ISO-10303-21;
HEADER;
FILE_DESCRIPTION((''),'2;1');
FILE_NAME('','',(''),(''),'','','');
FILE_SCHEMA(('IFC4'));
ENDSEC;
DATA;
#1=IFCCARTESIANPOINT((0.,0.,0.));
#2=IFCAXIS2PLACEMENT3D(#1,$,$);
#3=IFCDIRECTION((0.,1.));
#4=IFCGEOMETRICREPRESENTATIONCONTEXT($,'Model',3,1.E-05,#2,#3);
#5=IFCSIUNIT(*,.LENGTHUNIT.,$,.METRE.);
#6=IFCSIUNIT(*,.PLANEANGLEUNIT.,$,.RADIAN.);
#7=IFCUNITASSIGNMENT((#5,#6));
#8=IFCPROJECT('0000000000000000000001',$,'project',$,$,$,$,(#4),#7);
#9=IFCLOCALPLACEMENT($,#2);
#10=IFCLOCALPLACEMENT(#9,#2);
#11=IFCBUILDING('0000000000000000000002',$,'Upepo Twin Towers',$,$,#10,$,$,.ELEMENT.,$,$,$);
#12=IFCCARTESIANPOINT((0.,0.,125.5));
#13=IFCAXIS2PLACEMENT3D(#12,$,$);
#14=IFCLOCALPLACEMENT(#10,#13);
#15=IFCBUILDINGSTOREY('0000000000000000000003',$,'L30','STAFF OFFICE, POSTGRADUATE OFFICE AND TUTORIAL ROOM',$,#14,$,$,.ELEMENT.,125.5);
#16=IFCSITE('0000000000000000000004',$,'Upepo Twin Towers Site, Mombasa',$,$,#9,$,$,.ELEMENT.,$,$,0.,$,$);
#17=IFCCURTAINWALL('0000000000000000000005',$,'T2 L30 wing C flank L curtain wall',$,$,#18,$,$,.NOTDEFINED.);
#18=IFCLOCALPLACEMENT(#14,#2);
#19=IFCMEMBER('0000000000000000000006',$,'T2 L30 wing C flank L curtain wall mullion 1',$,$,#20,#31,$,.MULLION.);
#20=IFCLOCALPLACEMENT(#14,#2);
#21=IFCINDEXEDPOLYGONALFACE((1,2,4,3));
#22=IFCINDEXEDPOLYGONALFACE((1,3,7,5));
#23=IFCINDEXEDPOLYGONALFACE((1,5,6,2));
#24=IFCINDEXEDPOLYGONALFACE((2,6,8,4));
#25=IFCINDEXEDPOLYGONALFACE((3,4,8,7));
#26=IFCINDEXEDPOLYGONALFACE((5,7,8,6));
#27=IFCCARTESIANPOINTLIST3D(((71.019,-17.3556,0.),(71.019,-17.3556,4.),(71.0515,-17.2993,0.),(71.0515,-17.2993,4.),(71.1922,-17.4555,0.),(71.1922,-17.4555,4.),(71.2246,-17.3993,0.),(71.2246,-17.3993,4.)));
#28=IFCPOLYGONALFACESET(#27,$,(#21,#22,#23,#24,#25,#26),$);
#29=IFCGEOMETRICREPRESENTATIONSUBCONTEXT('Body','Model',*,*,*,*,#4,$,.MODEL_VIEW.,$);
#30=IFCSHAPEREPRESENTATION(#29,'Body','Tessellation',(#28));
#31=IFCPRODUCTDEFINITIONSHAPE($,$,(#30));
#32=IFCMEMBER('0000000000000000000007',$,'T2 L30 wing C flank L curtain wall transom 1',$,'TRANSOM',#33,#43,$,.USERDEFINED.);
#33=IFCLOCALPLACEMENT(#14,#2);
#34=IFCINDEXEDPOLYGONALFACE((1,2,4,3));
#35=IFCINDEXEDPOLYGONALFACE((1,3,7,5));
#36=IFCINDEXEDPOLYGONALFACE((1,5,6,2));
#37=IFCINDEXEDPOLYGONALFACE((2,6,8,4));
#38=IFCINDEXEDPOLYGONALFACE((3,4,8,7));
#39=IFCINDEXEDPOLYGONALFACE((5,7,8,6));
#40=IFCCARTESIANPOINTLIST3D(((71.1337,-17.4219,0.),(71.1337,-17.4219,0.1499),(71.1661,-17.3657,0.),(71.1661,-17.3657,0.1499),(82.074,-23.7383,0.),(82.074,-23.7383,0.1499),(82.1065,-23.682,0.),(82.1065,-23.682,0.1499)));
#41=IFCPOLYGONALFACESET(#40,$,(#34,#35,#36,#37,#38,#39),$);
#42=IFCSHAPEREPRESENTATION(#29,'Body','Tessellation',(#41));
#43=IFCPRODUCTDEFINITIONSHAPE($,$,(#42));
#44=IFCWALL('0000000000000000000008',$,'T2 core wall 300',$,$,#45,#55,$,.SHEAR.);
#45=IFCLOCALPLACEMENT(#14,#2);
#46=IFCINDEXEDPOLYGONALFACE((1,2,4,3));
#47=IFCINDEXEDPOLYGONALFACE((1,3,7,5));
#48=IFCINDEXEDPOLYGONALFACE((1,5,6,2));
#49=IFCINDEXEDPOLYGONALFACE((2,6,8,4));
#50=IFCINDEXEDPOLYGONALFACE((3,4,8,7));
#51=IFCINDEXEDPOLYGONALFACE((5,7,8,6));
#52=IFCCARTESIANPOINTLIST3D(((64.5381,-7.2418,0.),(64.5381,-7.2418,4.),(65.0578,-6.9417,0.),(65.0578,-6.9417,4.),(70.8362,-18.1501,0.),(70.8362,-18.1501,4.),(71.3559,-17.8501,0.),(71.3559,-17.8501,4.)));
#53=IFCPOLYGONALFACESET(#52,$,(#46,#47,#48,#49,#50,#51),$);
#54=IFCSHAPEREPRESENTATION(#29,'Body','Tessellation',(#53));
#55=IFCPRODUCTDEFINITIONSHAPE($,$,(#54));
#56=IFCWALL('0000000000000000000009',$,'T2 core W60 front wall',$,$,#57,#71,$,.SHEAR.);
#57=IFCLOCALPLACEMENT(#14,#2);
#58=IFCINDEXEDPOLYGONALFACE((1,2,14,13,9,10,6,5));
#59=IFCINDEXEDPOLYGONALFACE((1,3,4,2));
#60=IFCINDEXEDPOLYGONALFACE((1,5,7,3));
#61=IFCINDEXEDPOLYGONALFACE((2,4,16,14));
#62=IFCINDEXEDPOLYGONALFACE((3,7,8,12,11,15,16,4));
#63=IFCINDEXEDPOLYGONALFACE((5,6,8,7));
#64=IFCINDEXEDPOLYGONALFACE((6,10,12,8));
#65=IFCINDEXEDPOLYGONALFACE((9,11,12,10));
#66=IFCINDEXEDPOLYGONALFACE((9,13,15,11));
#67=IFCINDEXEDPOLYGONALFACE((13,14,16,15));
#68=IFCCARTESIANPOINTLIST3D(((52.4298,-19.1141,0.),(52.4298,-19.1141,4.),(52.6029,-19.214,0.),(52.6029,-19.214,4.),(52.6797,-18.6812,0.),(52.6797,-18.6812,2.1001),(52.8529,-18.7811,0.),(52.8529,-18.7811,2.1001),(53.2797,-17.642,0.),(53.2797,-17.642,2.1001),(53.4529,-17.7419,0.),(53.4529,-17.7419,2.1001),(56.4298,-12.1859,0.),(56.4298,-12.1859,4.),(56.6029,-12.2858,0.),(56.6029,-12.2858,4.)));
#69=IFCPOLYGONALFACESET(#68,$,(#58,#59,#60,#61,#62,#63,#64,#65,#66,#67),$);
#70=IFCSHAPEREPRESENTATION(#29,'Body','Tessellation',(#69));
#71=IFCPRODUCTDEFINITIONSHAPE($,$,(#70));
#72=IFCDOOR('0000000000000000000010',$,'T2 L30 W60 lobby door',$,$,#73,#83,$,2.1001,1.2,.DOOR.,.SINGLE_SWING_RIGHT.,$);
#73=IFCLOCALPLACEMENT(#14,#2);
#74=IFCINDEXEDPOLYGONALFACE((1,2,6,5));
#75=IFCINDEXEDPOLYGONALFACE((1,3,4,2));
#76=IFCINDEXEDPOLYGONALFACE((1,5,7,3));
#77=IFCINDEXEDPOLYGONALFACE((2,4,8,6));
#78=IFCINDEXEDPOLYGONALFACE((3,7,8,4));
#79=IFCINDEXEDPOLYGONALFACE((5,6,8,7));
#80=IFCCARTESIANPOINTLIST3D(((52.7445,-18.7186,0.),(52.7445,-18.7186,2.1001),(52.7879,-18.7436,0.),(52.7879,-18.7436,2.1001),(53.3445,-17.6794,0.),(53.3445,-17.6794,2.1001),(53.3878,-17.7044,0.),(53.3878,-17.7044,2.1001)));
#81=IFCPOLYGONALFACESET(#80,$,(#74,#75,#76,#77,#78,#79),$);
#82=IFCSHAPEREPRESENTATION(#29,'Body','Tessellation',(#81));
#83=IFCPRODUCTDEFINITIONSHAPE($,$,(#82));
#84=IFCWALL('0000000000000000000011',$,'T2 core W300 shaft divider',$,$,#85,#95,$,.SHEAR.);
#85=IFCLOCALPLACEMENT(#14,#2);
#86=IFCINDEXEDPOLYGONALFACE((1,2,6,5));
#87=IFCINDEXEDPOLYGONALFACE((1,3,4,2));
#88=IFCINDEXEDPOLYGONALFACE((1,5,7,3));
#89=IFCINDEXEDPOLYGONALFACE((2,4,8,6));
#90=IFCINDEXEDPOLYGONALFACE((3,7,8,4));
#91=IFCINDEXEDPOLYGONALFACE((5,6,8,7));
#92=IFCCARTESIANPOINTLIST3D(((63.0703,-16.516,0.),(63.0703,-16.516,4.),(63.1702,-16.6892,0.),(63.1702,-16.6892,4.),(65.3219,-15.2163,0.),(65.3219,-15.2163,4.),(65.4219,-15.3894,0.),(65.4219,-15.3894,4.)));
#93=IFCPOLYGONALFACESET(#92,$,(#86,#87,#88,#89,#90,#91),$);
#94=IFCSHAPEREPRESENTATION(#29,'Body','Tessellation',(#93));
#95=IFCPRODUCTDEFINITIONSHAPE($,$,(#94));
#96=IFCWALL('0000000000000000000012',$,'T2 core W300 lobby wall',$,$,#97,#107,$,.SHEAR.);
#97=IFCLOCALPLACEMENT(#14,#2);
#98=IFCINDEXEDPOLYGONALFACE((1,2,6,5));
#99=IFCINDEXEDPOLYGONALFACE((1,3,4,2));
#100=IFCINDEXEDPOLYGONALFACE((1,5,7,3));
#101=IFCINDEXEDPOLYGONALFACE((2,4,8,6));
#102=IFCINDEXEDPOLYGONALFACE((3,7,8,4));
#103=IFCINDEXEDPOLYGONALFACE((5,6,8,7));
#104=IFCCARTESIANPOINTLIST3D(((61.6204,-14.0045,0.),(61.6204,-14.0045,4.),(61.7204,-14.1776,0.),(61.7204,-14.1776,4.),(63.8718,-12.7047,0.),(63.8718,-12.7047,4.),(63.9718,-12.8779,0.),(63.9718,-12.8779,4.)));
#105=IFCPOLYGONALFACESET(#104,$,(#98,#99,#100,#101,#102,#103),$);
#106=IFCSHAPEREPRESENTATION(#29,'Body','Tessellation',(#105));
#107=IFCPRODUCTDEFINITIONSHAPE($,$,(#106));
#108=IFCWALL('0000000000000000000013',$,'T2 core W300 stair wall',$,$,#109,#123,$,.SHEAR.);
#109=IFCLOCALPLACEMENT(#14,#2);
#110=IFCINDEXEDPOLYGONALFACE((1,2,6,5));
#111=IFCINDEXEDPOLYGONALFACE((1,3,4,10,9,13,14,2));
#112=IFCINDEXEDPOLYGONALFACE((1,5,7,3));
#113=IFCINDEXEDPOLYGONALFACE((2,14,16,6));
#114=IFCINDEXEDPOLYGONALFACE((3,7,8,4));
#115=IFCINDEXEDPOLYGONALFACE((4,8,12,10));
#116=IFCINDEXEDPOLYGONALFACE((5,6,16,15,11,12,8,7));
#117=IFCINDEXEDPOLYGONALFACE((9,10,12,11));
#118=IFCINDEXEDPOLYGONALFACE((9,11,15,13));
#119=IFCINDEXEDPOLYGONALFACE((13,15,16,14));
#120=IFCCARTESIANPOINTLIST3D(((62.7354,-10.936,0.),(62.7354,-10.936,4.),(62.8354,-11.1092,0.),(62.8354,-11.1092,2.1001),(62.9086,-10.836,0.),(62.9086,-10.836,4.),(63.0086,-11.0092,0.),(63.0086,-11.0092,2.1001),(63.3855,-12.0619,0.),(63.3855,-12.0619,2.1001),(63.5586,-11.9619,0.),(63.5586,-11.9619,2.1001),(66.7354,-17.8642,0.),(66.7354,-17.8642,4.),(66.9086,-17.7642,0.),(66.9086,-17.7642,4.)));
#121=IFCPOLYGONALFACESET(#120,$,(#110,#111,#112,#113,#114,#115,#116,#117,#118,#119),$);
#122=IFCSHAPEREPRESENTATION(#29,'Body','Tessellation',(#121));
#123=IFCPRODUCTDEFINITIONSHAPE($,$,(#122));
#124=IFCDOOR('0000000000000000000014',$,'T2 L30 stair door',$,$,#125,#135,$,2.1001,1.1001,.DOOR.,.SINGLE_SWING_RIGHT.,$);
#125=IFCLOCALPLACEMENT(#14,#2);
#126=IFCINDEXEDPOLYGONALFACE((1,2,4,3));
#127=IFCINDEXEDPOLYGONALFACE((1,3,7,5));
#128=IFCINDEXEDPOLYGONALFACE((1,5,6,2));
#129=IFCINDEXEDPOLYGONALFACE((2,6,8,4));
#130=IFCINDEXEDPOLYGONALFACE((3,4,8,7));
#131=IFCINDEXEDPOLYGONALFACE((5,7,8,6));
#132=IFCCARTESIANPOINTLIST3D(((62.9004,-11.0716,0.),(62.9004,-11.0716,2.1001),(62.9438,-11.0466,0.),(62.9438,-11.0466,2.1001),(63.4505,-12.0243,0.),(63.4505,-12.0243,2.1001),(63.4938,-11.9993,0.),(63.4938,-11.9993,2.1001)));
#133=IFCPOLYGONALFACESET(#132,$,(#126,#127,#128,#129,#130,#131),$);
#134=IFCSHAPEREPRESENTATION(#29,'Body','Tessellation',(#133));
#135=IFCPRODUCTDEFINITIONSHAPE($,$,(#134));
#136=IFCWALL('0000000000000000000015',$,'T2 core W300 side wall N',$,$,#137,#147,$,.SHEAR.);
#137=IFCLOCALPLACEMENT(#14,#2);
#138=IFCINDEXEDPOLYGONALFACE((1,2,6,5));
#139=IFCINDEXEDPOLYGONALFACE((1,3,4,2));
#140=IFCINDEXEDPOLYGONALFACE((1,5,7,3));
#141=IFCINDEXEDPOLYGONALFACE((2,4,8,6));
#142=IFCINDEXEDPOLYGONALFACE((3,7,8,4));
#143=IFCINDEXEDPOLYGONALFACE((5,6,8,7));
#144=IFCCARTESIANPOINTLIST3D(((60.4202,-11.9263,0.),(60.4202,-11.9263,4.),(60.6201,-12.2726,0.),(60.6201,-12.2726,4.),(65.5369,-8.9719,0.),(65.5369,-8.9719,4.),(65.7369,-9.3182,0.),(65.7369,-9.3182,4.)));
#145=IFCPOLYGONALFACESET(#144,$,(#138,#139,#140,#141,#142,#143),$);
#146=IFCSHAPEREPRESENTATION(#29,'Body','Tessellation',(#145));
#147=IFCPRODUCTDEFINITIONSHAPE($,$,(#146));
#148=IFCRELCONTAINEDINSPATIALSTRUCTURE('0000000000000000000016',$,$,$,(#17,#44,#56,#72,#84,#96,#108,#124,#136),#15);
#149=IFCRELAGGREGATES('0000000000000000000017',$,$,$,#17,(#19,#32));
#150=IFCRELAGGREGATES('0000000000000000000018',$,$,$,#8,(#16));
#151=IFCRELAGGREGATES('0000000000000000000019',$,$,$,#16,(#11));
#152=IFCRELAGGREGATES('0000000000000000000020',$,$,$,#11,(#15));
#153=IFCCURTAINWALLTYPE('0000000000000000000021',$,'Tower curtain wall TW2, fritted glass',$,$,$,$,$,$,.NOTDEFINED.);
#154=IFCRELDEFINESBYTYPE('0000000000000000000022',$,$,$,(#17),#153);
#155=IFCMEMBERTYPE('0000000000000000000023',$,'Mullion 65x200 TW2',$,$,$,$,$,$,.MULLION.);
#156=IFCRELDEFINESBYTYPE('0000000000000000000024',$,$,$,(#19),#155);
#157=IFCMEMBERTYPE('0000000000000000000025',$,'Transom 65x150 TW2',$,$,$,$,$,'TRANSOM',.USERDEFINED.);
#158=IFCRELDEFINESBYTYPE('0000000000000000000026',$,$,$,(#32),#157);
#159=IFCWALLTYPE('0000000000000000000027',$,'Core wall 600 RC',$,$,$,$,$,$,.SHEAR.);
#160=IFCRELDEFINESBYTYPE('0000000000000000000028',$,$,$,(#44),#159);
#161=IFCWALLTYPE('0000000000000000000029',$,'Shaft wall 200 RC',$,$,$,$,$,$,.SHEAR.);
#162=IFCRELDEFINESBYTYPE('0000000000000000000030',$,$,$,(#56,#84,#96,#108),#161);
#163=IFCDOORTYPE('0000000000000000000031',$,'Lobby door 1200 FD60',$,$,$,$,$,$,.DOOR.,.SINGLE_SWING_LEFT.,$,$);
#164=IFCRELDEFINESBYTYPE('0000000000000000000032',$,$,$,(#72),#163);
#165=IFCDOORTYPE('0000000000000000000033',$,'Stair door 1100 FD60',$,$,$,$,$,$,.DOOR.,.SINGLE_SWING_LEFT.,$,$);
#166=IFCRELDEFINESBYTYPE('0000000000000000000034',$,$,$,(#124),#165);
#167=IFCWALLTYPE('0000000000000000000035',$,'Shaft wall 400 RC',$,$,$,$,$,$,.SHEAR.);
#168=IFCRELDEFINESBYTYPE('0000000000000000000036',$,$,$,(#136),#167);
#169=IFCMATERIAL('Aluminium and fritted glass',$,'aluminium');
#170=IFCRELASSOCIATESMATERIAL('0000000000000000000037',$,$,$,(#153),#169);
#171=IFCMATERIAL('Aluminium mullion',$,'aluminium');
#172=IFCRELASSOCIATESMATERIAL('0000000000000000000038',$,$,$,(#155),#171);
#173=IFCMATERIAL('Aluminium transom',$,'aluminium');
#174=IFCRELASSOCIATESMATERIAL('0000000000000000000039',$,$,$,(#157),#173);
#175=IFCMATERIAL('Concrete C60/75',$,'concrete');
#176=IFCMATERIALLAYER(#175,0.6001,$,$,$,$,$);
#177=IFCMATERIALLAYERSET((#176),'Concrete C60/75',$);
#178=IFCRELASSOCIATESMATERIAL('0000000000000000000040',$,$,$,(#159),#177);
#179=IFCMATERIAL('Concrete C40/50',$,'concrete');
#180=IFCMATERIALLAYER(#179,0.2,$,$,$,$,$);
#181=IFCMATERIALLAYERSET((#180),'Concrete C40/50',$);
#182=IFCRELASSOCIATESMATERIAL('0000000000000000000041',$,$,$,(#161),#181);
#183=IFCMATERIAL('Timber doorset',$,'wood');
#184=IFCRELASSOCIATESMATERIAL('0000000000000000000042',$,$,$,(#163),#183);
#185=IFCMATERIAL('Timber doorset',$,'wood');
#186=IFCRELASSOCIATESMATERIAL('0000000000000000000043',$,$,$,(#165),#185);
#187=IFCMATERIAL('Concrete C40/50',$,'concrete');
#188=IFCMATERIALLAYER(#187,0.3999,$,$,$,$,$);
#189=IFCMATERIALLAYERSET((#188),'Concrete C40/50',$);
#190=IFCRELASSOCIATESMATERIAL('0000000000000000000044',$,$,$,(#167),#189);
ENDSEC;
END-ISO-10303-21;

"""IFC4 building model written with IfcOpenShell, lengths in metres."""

from ifc_helpers import new_model, si_unit, direction, frame, frame_2d, origin, origin_2d, place, context, subcontext, project, spatial, rectangle, extrude, material, layer, layer_set, material_profile, profile_set, type_object, element, fill, aggregate, save


model = new_model("IFC4")

# Units and contexts
model_context = context("Model", 3, precision=1e-05, world=origin(), true_north=direction((0.0, 1.0)))
body_context = subcontext(model_context, "Body", "Model", "MODEL_VIEW")
ifc_project = project(units=[si_unit("LENGTHUNIT", "METRE"), si_unit("PLANEANGLEUNIT", "RADIAN")], contexts=[model_context])

# Site, building, storey
site_placement = place(None, origin())
site = spatial("IfcSite", under=ifc_project, at=site_placement, Name="Upepo Twin Towers Site, Mombasa", CompositionType="ELEMENT", RefElevation=0.0)
building_placement = place(site_placement, origin())
building = spatial("IfcBuilding", under=site, at=building_placement, Name="Upepo Twin Towers", CompositionType="ELEMENT")
storey_placement = place(building_placement, frame((0.0, 0.0, 125.5)))
storey = spatial("IfcBuildingStorey", under=building, at=storey_placement, Name="L30", Description="STAFF OFFICE, POSTGRADUATE OFFICE AND TUTORIAL ROOM", CompositionType="ELEMENT", Elevation=125.5)

# Curtain wall, members
ifc_material_1 = material(Name="Aluminium and fritted glass", Category="aluminium")
curtain_wall_type = type_object("IfcCurtainWallType", Name="Tower curtain wall TW2, fritted glass", PredefinedType="NOTDEFINED", material=ifc_material_1)
curtain_wall_placement = place(storey_placement, origin())
curtain_wall = element("IfcCurtainWall", 1, at=curtain_wall_placement, inside=storey, type_object=curtain_wall_type, Name="T2 L30 wing C flank L curtain wall", PredefinedType="NOTDEFINED")
ifc_material_2 = material(Name="Aluminium mullion", Category="aluminium")
ifc_material_profile_1 = material_profile(ifc_material_2, rectangle(XDim=0.0649, YDim=0.2, at=origin_2d()), Name="MULLION 65x200")
ifc_profile_set_1 = profile_set([ifc_material_profile_1], Name="Aluminium mullion")
member_type_1 = type_object("IfcMemberType", Name="Mullion 65x200 TW2", PredefinedType="MULLION", material=ifc_profile_set_1)
member_1_placement = place(storey_placement, frame((71.1218, -17.3774, 0.0), z_axis=(0.0, 0.0, 1.0), x_axis=(0.5, 0.866025, 0.0)))
member_1 = element("IfcMember", 2, at=member_1_placement, type_object=member_type_1, Name="T2 L30 wing C flank L curtain wall mullion 1", PredefinedType="MULLION", context=body_context, shape_type="SweptSolid", body=[
    extrude(rectangle(XDim=0.0649, YDim=0.2, at=origin_2d()), origin(), (0.0, 0.0, 1.0), 4.0),
])
ifc_material_3 = material(Name="Aluminium transom", Category="aluminium")
ifc_material_profile_2 = material_profile(ifc_material_3, rectangle(XDim=0.0649, YDim=0.1499, at=origin_2d()), Name="TRANSOM 65x150")
ifc_profile_set_2 = profile_set([ifc_material_profile_2], Name="Aluminium transom")
member_type_2 = type_object("IfcMemberType", Name="Transom 65x150 TW2", ElementType="TRANSOM", PredefinedType="USERDEFINED", material=ifc_profile_set_2)
member_2_placement = place(storey_placement, frame((71.1499, -17.3938, 0.075), z_axis=(0.866027, -0.499997, 0.0), x_axis=(0.499997, 0.866027, 0.0)))
member_2 = element("IfcMember", 3, at=member_2_placement, type_object=member_type_2, Name="T2 L30 wing C flank L curtain wall transom 1", ObjectType="TRANSOM", PredefinedType="USERDEFINED", context=body_context, shape_type="SweptSolid", body=[
    extrude(rectangle(XDim=0.0649, YDim=0.1499, at=origin_2d()), origin(), (0.0, 0.0, 1.0), 12.6328),
])
aggregate(curtain_wall, [member_1, member_2])

# Wall
ifc_material_4 = material(Name="Concrete C60/75", Category="concrete")
ifc_layer_1 = layer(ifc_material_4, 0.6001)
ifc_layer_set_1 = layer_set([ifc_layer_1], Name="Concrete C60/75")
wall_type_1 = type_object("IfcWallType", Name="Core wall 600 RC", PredefinedType="SHEAR", material=ifc_layer_set_1)
wall_1_placement = place(storey_placement, frame((71.0959, -18.0, 0.0), z_axis=(0.0, 0.0, 1.0), x_axis=(-0.500006, 0.866022, 0.0)))
element("IfcWall", 4, at=wall_1_placement, inside=storey, type_object=wall_type_1, Name="T2 core wall 300", PredefinedType="SHEAR", context=body_context, shape_type="SweptSolid", body=[
    extrude(rectangle(XDim=12.5959, YDim=0.6001, at=frame_2d((6.2979, 0.0))), origin(), (0.0, 0.0, 1.0), 4.0),
])

# Wall, opening, door
ifc_material_5 = material(Name="Concrete C40/50", Category="concrete")
ifc_layer_2 = layer(ifc_material_5, 0.2)
ifc_layer_set_2 = layer_set([ifc_layer_2], Name="Concrete C40/50")
wall_type_2 = type_object("IfcWallType", Name="Shaft wall 200 RC", PredefinedType="SHEAR", material=ifc_layer_set_2)
wall_2_placement = place(storey_placement, frame((56.5164, -12.2358, 0.0), z_axis=(0.0, 0.0, 1.0), x_axis=(-0.499999, -0.866026, 0.0)))
wall_2 = element("IfcWall", 5, at=wall_2_placement, inside=storey, type_object=wall_type_2, Name="T2 core W60 front wall", PredefinedType="SHEAR", context=body_context, shape_type="SweptSolid", body=[
    extrude(rectangle(XDim=8.0, YDim=0.2, at=frame_2d((4.0, 0.0))), origin(), (0.0, 0.0, 1.0), 4.0),
])
opening_1_placement = place(wall_2_placement, frame((6.3, 0.0, 0.0)))
opening_1 = element("IfcOpeningElement", 6, at=opening_1_placement, cuts=wall_2, PredefinedType="OPENING", context=body_context, shape_type="SweptSolid", body=[
    extrude(rectangle(XDim=1.2, YDim=2.1001, at=frame_2d((0.6001, 1.05))), frame((0.0, 0.1099, 0.0), z_axis=(0.0, -1.0, 0.0), x_axis=(1.0, 0.0, 0.0)), (0.0, 0.0, 1.0), 0.22),
])
ifc_material_6 = material(Name="Timber doorset", Category="wood")
door_type_1 = type_object("IfcDoorType", Name="Lobby door 1200 FD60", OperationType="SINGLE_SWING_LEFT", PredefinedType="DOOR", material=ifc_material_6)
door_1_placement = place(opening_1_placement, origin())
door_1 = element("IfcDoor", 7, at=door_1_placement, inside=storey, type_object=door_type_1, Name="T2 L30 W60 lobby door", OperationType="SINGLE_SWING_RIGHT", OverallHeight=2.1001, OverallWidth=1.2, PredefinedType="DOOR", context=body_context, shape_type="SweptSolid", body=[
    extrude(rectangle(XDim=1.2, YDim=2.1001, at=frame_2d((0.6001, 1.05))), frame((0.0, 0.0249, 0.0), z_axis=(0.0, -1.0, 0.0), x_axis=(1.0, 0.0, 0.0)), (0.0, 0.0, 1.0), 0.05),
])
fill(opening_1, door_1)

# Walls
wall_3_placement = place(storey_placement, frame((63.1204, -16.6025, 0.0), z_axis=(0.0, 0.0, 1.0), x_axis=(0.866062, 0.499937, 0.0)))
element("IfcWall", 8, at=wall_3_placement, inside=storey, type_object=wall_type_2, Name="T2 core W300 shaft divider", PredefinedType="SHEAR", context=body_context, shape_type="SweptSolid", body=[
    extrude(rectangle(XDim=2.5999, YDim=0.2, at=frame_2d((1.2998, 0.0))), origin(), (0.0, 0.0, 1.0), 4.0),
])
wall_4_placement = place(storey_placement, frame((61.6704, -14.0911, 0.0), z_axis=(0.0, 0.0, 1.0), x_axis=(0.866039, 0.499977, 0.0)))
element("IfcWall", 9, at=wall_4_placement, inside=storey, type_object=wall_type_2, Name="T2 core W300 lobby wall", PredefinedType="SHEAR", context=body_context, shape_type="SweptSolid", body=[
    extrude(rectangle(XDim=2.5996, YDim=0.2, at=frame_2d((1.2998, 0.0))), origin(), (0.0, 0.0, 1.0), 4.0),
])

# Wall, opening, door
wall_5_placement = place(storey_placement, frame((66.822, -17.8142, 0.0), z_axis=(0.0, 0.0, 1.0), x_axis=(-0.499999, 0.866026, 0.0)))
wall_5 = element("IfcWall", 10, at=wall_5_placement, inside=storey, type_object=wall_type_2, Name="T2 core W300 stair wall", PredefinedType="SHEAR", context=body_context, shape_type="SweptSolid", body=[
    extrude(rectangle(XDim=8.0, YDim=0.2, at=frame_2d((4.0, 0.0))), origin(), (0.0, 0.0, 1.0), 4.0),
])
opening_2_placement = place(wall_5_placement, frame((6.7, 0.0, 0.0)))
opening_2 = element("IfcOpeningElement", 11, at=opening_2_placement, cuts=wall_5, PredefinedType="OPENING", context=body_context, shape_type="SweptSolid", body=[
    extrude(rectangle(XDim=1.1001, YDim=2.1001, at=frame_2d((0.55, 1.05))), frame((0.0, 0.1099, 0.0), z_axis=(0.0, -1.0, 0.0), x_axis=(1.0, 0.0, 0.0)), (0.0, 0.0, 1.0), 0.22),
])
ifc_material_7 = material(Name="Timber doorset", Category="wood")
door_type_2 = type_object("IfcDoorType", Name="Stair door 1100 FD60", OperationType="SINGLE_SWING_LEFT", PredefinedType="DOOR", material=ifc_material_7)
door_2_placement = place(opening_2_placement, origin())
door_2 = element("IfcDoor", 12, at=door_2_placement, inside=storey, type_object=door_type_2, Name="T2 L30 stair door", OperationType="SINGLE_SWING_RIGHT", OverallHeight=2.1001, OverallWidth=1.1001, PredefinedType="DOOR", context=body_context, shape_type="SweptSolid", body=[
    extrude(rectangle(XDim=1.1001, YDim=2.1001, at=frame_2d((0.55, 1.05))), frame((0.0, 0.0249, 0.0), z_axis=(0.0, -1.0, 0.0), x_axis=(1.0, 0.0, 0.0)), (0.0, 0.0, 1.0), 0.05),
])
fill(opening_2, door_2)

# Wall
ifc_material_8 = material(Name="Concrete C40/50", Category="concrete")
ifc_layer_3 = layer(ifc_material_8, 0.3999)
ifc_layer_set_3 = layer_set([ifc_layer_3], Name="Concrete C40/50")
wall_type_3 = type_object("IfcWallType", Name="Shaft wall 400 RC", PredefinedType="SHEAR", material=ifc_layer_set_3)
wall_6_placement = place(storey_placement, frame((60.5203, -12.0994, 0.0), z_axis=(0.0, 0.0, 1.0), x_axis=(0.866009, 0.500028, 0.0)))
element("IfcWall", 13, at=wall_6_placement, inside=storey, type_object=wall_type_3, Name="T2 core W300 side wall N", PredefinedType="SHEAR", context=body_context, shape_type="SweptSolid", body=[
    extrude(rectangle(XDim=5.9084, YDim=0.3999, at=frame_2d((2.9541, 0.0))), origin(), (0.0, 0.0, 1.0), 4.0),
])

save(model, "model.ifc")
